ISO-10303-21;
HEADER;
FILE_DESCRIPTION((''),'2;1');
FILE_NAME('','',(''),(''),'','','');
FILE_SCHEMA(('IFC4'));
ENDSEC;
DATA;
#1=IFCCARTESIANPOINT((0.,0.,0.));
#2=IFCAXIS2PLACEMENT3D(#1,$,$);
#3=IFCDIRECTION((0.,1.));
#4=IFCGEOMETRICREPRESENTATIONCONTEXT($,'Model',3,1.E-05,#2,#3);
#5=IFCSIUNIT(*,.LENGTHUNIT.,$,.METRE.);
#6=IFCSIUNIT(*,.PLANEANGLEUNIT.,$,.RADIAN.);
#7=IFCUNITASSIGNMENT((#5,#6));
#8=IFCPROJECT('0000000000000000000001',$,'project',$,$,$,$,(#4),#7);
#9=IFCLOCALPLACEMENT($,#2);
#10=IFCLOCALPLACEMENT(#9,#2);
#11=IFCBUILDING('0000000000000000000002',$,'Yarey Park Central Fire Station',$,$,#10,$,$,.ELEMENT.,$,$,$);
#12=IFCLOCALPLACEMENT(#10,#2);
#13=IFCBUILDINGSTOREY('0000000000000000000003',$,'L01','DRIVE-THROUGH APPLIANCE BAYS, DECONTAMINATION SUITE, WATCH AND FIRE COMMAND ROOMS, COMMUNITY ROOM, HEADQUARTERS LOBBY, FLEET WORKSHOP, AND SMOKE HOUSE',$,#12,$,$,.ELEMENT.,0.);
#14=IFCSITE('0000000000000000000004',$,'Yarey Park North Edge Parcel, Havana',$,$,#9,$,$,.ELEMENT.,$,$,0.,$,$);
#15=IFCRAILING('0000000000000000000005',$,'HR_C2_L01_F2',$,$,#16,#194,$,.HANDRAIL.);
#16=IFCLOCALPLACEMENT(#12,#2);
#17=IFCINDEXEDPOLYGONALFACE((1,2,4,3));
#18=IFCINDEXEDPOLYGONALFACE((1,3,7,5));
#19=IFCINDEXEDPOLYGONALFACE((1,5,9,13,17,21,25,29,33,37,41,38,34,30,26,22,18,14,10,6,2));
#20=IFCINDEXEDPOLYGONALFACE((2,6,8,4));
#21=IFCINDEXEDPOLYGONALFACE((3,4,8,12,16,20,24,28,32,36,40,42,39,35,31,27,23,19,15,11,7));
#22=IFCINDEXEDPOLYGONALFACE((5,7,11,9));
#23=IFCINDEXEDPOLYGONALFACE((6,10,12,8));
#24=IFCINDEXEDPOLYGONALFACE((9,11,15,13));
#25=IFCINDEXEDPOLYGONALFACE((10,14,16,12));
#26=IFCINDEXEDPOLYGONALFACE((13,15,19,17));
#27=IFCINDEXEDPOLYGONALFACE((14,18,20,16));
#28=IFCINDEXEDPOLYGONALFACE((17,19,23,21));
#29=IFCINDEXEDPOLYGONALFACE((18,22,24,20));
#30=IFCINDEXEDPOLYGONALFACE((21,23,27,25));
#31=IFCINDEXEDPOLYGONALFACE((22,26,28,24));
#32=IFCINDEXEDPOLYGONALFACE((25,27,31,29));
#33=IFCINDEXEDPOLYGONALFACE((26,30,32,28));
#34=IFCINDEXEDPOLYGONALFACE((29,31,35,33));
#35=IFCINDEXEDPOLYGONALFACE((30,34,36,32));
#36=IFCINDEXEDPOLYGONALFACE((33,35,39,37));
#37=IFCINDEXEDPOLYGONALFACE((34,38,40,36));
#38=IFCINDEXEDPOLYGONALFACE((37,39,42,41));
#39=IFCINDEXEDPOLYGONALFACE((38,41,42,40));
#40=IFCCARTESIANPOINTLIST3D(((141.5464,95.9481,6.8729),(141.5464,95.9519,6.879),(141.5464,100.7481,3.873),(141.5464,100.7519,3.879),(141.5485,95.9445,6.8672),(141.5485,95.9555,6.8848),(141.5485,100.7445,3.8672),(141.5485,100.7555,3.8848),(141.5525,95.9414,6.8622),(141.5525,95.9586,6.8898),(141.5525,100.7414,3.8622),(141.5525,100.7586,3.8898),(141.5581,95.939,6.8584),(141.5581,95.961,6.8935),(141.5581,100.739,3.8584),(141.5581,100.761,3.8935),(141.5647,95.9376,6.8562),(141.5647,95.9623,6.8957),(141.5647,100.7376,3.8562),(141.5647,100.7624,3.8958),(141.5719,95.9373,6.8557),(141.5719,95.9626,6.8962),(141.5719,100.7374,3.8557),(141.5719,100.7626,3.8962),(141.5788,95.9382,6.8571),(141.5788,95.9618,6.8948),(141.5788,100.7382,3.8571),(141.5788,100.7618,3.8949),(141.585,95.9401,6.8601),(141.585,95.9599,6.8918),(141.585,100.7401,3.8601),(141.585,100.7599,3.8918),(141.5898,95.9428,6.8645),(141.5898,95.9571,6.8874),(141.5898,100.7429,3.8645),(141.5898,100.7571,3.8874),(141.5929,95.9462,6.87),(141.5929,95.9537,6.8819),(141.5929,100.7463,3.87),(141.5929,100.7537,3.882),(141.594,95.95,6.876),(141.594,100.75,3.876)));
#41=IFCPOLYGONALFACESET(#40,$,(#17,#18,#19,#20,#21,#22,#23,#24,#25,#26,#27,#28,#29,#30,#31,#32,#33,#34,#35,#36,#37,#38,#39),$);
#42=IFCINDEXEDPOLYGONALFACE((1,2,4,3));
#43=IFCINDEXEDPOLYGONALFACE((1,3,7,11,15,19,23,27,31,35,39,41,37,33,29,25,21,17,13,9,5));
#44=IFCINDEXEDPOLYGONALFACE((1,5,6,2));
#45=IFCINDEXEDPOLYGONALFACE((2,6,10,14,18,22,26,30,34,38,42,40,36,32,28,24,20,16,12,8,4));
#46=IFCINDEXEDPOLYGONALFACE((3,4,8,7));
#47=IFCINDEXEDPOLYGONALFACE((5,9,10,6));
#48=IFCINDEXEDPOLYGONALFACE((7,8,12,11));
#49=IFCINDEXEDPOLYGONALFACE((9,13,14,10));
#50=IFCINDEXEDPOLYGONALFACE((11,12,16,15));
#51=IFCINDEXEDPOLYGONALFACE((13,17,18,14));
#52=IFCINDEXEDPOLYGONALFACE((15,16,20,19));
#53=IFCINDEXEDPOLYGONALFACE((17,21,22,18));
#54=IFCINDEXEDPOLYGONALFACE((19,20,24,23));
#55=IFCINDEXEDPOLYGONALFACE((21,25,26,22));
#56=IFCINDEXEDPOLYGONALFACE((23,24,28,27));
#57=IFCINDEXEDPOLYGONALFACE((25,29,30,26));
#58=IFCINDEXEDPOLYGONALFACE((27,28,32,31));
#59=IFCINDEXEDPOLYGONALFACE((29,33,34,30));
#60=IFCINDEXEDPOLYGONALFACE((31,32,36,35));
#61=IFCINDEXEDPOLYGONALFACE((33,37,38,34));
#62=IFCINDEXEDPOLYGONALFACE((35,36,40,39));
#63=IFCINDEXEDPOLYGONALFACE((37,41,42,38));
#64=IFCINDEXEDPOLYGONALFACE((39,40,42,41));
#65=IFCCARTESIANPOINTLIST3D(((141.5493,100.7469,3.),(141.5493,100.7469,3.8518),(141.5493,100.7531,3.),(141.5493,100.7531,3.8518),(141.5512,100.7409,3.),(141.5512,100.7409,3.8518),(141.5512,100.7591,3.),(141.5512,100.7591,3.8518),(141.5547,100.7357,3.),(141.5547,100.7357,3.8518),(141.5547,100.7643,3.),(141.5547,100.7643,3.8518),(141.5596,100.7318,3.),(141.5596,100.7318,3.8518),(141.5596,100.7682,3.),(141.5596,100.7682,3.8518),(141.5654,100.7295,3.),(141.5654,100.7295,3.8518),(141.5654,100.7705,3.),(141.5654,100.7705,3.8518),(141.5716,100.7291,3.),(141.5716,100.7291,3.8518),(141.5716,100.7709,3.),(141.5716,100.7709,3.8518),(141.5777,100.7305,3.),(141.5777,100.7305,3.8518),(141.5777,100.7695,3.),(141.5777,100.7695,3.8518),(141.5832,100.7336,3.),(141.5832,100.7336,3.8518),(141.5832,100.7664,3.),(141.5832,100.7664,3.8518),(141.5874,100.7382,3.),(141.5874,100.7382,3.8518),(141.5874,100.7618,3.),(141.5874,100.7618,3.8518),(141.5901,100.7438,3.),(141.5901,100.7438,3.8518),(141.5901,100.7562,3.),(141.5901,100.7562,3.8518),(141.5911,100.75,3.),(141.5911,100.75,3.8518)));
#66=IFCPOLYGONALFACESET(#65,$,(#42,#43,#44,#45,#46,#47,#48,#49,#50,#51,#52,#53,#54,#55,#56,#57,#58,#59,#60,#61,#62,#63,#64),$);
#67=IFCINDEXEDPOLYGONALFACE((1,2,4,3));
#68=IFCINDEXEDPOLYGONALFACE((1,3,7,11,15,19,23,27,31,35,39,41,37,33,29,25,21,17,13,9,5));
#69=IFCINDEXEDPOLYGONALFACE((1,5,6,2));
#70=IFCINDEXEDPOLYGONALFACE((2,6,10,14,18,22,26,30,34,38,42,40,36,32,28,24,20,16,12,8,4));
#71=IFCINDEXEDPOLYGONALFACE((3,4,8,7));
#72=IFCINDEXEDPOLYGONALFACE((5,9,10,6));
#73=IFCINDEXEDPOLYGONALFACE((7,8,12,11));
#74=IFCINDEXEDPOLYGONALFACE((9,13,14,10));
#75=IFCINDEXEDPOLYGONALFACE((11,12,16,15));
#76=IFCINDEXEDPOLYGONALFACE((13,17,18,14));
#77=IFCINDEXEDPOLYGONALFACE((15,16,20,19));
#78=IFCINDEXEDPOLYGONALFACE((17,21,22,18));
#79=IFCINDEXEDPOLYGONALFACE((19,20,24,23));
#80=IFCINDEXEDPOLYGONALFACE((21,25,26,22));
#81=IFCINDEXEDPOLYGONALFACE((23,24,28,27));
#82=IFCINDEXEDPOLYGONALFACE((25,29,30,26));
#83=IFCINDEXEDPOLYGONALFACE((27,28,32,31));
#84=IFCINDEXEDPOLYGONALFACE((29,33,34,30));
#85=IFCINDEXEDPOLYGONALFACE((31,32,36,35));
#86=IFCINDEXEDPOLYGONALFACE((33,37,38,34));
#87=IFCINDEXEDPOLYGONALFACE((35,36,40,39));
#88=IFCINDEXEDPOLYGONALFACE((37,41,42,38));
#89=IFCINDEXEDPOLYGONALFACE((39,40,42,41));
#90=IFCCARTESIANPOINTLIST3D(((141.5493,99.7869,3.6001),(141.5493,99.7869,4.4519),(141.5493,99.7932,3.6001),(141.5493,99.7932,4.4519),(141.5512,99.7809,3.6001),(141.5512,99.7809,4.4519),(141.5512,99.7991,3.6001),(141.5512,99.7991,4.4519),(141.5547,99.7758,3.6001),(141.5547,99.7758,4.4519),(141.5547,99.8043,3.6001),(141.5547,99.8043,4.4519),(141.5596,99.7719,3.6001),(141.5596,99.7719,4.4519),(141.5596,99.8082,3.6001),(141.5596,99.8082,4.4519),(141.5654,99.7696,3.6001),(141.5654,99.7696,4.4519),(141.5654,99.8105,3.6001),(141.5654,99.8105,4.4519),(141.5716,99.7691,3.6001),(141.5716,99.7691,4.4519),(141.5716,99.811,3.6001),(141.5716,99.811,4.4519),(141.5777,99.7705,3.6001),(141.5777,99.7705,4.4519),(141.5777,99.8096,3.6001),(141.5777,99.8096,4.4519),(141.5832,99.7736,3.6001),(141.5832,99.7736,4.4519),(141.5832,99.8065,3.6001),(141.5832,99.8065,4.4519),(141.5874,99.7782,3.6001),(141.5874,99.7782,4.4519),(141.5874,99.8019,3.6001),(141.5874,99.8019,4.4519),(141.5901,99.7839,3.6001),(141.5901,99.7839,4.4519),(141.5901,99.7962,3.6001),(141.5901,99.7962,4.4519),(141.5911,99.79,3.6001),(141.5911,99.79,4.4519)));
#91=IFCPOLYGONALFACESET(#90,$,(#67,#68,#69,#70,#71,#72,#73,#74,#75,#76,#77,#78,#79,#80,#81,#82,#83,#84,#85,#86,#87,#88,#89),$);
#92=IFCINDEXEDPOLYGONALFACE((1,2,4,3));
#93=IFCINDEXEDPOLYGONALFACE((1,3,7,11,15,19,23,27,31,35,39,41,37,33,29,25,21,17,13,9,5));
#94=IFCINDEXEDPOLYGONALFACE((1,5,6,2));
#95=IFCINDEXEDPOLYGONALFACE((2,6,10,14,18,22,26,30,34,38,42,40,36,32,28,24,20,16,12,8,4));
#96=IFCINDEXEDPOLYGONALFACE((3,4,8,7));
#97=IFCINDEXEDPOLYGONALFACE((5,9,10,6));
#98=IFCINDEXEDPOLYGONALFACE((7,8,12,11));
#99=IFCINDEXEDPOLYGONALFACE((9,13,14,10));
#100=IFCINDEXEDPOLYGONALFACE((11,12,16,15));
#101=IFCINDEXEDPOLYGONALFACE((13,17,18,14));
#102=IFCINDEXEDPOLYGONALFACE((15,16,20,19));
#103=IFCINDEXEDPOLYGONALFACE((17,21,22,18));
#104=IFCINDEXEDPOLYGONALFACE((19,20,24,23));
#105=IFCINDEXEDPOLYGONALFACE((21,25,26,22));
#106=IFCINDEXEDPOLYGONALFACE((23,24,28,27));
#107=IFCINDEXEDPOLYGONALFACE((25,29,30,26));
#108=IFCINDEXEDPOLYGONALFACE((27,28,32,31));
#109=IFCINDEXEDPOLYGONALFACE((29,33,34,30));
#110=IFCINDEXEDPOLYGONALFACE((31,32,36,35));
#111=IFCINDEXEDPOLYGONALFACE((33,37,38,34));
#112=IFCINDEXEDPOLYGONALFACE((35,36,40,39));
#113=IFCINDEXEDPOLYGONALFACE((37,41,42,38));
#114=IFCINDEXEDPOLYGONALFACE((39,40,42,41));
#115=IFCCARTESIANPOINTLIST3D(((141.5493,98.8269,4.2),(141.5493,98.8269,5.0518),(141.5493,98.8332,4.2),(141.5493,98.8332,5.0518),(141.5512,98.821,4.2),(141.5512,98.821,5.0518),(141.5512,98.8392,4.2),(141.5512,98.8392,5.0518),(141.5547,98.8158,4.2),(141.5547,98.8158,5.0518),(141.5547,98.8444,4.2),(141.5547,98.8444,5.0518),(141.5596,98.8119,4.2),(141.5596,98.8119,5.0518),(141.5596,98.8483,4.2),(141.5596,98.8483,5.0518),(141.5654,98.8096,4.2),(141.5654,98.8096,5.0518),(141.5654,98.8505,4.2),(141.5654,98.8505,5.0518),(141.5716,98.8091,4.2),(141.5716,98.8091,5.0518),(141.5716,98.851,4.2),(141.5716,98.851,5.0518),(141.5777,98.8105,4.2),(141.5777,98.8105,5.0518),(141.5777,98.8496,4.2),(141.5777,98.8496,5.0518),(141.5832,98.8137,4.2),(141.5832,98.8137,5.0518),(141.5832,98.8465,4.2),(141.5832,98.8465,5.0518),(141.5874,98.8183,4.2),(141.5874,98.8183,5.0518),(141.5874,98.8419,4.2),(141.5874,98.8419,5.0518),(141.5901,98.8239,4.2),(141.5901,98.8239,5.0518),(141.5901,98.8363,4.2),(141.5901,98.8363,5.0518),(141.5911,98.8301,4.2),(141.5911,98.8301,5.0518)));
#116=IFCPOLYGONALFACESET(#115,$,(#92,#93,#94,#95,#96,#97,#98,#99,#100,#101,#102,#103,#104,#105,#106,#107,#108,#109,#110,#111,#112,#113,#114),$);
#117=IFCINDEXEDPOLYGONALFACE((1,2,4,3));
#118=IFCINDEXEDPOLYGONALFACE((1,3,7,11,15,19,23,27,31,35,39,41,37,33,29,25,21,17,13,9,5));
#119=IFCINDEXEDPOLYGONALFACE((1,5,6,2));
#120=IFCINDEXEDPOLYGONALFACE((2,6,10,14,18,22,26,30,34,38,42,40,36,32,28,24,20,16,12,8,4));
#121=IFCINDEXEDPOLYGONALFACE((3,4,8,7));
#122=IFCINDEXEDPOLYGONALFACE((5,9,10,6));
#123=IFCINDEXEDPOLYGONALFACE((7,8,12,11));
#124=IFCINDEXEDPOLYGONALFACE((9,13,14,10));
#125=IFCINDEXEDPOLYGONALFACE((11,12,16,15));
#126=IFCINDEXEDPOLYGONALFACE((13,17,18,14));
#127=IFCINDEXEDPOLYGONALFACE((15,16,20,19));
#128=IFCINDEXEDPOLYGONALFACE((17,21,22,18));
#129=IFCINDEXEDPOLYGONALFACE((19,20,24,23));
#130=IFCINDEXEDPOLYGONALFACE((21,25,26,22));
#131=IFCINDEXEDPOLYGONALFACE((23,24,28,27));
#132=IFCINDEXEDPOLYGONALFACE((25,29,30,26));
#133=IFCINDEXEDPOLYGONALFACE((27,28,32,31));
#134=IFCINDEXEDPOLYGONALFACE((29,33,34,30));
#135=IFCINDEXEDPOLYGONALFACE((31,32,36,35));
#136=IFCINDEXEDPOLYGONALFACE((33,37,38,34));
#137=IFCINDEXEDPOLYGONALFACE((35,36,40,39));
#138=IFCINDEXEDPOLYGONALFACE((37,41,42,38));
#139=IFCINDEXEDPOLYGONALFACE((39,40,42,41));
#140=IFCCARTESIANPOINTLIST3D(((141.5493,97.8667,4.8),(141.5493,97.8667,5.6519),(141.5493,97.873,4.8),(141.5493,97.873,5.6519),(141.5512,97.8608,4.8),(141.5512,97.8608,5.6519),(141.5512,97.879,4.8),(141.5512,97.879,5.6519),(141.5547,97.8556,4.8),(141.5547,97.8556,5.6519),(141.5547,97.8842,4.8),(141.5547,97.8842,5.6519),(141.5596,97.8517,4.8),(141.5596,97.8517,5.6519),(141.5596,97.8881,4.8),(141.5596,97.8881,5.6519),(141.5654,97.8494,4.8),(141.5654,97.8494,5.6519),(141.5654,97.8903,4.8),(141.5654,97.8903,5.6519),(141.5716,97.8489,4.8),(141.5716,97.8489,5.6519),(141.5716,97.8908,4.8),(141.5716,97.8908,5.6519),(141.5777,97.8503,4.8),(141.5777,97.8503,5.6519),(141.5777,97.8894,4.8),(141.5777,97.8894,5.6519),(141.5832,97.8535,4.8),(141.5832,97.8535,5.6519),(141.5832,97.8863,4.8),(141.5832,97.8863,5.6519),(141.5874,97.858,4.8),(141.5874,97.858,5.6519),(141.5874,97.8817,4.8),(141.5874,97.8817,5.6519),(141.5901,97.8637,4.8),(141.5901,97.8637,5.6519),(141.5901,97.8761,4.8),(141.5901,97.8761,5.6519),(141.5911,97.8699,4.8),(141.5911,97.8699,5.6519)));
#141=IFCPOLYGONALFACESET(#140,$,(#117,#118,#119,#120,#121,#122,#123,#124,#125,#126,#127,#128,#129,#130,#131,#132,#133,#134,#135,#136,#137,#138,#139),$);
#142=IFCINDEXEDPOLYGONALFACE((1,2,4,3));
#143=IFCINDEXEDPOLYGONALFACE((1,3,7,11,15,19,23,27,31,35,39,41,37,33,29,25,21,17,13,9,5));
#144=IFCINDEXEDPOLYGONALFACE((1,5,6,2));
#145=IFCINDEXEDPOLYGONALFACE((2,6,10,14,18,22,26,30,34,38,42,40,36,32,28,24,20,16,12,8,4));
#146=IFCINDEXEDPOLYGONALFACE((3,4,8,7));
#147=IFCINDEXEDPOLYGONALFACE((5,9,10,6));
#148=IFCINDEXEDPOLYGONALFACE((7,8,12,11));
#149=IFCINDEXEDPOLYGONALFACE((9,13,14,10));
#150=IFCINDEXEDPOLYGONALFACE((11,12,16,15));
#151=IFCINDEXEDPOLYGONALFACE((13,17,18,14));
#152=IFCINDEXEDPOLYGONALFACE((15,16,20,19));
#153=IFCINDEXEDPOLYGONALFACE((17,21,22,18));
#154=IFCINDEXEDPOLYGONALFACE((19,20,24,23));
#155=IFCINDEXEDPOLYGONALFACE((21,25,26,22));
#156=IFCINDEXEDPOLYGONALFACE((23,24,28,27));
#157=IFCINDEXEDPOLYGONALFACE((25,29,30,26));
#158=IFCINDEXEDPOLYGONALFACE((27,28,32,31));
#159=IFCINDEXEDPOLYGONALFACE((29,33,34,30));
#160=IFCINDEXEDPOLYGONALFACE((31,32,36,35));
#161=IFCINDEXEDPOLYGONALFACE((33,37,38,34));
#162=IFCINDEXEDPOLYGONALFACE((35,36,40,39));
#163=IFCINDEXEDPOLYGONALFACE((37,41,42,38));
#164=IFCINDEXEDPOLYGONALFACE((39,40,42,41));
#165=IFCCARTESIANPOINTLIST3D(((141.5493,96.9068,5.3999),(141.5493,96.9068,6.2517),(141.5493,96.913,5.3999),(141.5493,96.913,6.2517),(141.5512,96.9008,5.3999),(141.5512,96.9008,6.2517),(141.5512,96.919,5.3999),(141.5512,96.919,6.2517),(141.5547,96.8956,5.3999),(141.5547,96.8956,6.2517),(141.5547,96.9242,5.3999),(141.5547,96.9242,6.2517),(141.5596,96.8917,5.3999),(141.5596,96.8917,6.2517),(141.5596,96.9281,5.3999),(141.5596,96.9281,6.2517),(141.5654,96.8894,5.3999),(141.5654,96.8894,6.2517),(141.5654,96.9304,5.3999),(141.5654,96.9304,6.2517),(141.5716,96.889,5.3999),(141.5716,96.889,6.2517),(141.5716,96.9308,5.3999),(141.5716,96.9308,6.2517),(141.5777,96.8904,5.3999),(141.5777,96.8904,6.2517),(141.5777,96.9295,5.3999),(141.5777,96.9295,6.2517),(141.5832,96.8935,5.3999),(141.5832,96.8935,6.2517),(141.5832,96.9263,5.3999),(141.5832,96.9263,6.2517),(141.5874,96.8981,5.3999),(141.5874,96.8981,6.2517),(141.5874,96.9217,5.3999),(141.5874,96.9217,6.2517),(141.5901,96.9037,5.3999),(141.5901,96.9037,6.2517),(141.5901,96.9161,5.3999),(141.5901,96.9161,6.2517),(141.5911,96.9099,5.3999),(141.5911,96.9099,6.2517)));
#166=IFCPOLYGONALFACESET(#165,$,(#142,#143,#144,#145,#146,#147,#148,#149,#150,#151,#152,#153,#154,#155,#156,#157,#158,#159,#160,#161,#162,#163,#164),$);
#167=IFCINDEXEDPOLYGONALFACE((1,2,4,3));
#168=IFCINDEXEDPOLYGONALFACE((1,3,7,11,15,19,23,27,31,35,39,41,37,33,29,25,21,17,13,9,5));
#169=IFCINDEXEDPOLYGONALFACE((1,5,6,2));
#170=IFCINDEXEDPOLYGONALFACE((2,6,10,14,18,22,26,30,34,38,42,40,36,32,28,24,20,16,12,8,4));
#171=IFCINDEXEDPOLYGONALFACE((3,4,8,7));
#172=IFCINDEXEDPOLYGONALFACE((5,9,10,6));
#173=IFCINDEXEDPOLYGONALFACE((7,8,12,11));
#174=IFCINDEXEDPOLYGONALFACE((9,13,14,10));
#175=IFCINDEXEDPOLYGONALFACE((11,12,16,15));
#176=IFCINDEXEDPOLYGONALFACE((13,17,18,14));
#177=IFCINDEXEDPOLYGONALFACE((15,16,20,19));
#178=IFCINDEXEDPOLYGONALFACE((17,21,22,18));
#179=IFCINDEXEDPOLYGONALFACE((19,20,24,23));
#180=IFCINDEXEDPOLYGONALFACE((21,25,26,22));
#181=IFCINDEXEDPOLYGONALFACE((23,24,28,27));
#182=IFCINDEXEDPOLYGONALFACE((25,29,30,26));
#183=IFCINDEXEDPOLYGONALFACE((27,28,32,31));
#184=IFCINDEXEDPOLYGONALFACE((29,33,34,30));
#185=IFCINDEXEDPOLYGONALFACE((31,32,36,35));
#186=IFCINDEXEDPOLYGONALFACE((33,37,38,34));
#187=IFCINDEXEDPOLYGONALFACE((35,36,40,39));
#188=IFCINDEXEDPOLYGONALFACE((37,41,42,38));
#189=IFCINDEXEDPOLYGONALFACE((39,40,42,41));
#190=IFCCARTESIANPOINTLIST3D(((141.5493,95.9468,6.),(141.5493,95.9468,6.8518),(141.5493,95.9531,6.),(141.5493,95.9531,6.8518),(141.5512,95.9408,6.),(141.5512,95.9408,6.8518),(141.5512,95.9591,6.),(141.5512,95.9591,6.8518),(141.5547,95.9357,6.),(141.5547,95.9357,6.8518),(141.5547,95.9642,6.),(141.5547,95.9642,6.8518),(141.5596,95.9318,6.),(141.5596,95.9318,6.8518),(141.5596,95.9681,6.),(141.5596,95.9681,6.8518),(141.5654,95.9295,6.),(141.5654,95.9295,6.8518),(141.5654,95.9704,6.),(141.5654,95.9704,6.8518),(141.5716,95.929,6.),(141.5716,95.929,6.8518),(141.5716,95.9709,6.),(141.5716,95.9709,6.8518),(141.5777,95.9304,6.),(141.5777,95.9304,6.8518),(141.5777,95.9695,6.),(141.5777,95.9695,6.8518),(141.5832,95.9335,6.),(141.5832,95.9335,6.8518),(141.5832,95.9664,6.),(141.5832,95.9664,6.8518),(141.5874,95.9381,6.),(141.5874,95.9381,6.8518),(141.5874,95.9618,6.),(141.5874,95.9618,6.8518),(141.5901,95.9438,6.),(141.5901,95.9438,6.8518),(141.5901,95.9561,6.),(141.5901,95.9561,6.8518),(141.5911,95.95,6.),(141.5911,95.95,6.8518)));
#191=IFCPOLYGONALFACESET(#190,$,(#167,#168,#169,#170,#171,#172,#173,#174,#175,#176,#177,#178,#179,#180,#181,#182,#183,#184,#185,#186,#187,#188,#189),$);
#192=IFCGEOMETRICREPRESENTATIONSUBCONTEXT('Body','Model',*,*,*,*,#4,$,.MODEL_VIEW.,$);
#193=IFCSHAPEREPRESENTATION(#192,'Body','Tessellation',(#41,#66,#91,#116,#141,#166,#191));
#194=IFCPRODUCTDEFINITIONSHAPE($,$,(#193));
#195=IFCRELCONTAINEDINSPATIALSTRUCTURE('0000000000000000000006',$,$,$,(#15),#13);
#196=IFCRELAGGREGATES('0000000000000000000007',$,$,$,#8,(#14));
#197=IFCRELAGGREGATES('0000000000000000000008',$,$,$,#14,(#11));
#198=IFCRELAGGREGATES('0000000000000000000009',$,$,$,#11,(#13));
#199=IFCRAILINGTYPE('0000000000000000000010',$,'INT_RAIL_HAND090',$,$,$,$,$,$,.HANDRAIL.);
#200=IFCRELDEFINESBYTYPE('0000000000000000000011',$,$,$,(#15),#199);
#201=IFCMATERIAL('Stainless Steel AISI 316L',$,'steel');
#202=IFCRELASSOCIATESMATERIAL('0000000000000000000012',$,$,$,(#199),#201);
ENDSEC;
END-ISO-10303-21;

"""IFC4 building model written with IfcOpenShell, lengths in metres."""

from ifc_helpers import new_model, si_unit, direction, frame, origin, origin_2d, place, context, subcontext, project, spatial, circle, extrude, material, type_object, element, save


model = new_model("IFC4")

# Units and contexts
model_context = context("Model", 3, precision=1e-05, world=origin(), true_north=direction((0.0, 1.0)))
body_context = subcontext(model_context, "Body", "Model", "MODEL_VIEW")
ifc_project = project(units=[si_unit("LENGTHUNIT", "METRE"), si_unit("PLANEANGLEUNIT", "RADIAN")], contexts=[model_context])

# Site, building, storey
site_placement = place(None, origin())
site = spatial("IfcSite", under=ifc_project, at=site_placement, Name="Yarey Park North Edge Parcel, Havana", CompositionType="ELEMENT", RefElevation=0.0)
building_placement = place(site_placement, origin())
building = spatial("IfcBuilding", under=site, at=building_placement, Name="Yarey Park Central Fire Station", CompositionType="ELEMENT")
storey_placement = place(building_placement, origin())
storey = spatial("IfcBuildingStorey", under=building, at=storey_placement, Name="L01", Description="DRIVE-THROUGH APPLIANCE BAYS, DECONTAMINATION SUITE, WATCH AND FIRE COMMAND ROOMS, COMMUNITY ROOM, HEADQUARTERS LOBBY, FLEET WORKSHOP, AND SMOKE HOUSE", CompositionType="ELEMENT", Elevation=0.0)

# Railing
ifc_material_1 = material(Name="Stainless Steel AISI 316L", Category="steel")
railing_type_1 = type_object("IfcRailingType", Name="INT_RAIL_HAND090", PredefinedType="HANDRAIL", material=ifc_material_1)
railing_1_placement = place(storey_placement, frame((141.5701, 100.75, 3.0)))
element("IfcRailing", 1, at=railing_1_placement, inside=storey, type_object=railing_type_1, Name="HR_C2_L01_F2", PredefinedType="HANDRAIL", context=body_context, shape_type="SweptSolid", body=[
    extrude(circle(Radius=0.0239, at=origin_2d()), frame((0.0, 0.0, 0.876), z_axis=(0.0, -0.848001, 0.529995), x_axis=(1.0, 0.0, 0.0)), (0.0, 0.0, 1.0), 5.6604),
    extrude(circle(Radius=0.021, at=origin_2d()), origin(), (0.0, 0.0, 1.0), 0.8518),
    extrude(circle(Radius=0.021, at=origin_2d()), frame((0.0, -0.96, 0.6001)), (0.0, 0.0, 1.0), 0.8518),
    extrude(circle(Radius=0.021, at=origin_2d()), frame((0.0, -1.9199, 1.2)), (0.0, 0.0, 1.0), 0.8518),
    extrude(circle(Radius=0.021, at=origin_2d()), frame((0.0, -2.8801, 1.8)), (0.0, 0.0, 1.0), 0.8518),
    extrude(circle(Radius=0.021, at=origin_2d()), frame((0.0, -3.8401, 2.3999)), (0.0, 0.0, 1.0), 0.8518),
    extrude(circle(Radius=0.021, at=origin_2d()), frame((0.0, -4.8, 3.0)), (0.0, 0.0, 1.0), 0.8518),
])

save(model, "model.ifc")
